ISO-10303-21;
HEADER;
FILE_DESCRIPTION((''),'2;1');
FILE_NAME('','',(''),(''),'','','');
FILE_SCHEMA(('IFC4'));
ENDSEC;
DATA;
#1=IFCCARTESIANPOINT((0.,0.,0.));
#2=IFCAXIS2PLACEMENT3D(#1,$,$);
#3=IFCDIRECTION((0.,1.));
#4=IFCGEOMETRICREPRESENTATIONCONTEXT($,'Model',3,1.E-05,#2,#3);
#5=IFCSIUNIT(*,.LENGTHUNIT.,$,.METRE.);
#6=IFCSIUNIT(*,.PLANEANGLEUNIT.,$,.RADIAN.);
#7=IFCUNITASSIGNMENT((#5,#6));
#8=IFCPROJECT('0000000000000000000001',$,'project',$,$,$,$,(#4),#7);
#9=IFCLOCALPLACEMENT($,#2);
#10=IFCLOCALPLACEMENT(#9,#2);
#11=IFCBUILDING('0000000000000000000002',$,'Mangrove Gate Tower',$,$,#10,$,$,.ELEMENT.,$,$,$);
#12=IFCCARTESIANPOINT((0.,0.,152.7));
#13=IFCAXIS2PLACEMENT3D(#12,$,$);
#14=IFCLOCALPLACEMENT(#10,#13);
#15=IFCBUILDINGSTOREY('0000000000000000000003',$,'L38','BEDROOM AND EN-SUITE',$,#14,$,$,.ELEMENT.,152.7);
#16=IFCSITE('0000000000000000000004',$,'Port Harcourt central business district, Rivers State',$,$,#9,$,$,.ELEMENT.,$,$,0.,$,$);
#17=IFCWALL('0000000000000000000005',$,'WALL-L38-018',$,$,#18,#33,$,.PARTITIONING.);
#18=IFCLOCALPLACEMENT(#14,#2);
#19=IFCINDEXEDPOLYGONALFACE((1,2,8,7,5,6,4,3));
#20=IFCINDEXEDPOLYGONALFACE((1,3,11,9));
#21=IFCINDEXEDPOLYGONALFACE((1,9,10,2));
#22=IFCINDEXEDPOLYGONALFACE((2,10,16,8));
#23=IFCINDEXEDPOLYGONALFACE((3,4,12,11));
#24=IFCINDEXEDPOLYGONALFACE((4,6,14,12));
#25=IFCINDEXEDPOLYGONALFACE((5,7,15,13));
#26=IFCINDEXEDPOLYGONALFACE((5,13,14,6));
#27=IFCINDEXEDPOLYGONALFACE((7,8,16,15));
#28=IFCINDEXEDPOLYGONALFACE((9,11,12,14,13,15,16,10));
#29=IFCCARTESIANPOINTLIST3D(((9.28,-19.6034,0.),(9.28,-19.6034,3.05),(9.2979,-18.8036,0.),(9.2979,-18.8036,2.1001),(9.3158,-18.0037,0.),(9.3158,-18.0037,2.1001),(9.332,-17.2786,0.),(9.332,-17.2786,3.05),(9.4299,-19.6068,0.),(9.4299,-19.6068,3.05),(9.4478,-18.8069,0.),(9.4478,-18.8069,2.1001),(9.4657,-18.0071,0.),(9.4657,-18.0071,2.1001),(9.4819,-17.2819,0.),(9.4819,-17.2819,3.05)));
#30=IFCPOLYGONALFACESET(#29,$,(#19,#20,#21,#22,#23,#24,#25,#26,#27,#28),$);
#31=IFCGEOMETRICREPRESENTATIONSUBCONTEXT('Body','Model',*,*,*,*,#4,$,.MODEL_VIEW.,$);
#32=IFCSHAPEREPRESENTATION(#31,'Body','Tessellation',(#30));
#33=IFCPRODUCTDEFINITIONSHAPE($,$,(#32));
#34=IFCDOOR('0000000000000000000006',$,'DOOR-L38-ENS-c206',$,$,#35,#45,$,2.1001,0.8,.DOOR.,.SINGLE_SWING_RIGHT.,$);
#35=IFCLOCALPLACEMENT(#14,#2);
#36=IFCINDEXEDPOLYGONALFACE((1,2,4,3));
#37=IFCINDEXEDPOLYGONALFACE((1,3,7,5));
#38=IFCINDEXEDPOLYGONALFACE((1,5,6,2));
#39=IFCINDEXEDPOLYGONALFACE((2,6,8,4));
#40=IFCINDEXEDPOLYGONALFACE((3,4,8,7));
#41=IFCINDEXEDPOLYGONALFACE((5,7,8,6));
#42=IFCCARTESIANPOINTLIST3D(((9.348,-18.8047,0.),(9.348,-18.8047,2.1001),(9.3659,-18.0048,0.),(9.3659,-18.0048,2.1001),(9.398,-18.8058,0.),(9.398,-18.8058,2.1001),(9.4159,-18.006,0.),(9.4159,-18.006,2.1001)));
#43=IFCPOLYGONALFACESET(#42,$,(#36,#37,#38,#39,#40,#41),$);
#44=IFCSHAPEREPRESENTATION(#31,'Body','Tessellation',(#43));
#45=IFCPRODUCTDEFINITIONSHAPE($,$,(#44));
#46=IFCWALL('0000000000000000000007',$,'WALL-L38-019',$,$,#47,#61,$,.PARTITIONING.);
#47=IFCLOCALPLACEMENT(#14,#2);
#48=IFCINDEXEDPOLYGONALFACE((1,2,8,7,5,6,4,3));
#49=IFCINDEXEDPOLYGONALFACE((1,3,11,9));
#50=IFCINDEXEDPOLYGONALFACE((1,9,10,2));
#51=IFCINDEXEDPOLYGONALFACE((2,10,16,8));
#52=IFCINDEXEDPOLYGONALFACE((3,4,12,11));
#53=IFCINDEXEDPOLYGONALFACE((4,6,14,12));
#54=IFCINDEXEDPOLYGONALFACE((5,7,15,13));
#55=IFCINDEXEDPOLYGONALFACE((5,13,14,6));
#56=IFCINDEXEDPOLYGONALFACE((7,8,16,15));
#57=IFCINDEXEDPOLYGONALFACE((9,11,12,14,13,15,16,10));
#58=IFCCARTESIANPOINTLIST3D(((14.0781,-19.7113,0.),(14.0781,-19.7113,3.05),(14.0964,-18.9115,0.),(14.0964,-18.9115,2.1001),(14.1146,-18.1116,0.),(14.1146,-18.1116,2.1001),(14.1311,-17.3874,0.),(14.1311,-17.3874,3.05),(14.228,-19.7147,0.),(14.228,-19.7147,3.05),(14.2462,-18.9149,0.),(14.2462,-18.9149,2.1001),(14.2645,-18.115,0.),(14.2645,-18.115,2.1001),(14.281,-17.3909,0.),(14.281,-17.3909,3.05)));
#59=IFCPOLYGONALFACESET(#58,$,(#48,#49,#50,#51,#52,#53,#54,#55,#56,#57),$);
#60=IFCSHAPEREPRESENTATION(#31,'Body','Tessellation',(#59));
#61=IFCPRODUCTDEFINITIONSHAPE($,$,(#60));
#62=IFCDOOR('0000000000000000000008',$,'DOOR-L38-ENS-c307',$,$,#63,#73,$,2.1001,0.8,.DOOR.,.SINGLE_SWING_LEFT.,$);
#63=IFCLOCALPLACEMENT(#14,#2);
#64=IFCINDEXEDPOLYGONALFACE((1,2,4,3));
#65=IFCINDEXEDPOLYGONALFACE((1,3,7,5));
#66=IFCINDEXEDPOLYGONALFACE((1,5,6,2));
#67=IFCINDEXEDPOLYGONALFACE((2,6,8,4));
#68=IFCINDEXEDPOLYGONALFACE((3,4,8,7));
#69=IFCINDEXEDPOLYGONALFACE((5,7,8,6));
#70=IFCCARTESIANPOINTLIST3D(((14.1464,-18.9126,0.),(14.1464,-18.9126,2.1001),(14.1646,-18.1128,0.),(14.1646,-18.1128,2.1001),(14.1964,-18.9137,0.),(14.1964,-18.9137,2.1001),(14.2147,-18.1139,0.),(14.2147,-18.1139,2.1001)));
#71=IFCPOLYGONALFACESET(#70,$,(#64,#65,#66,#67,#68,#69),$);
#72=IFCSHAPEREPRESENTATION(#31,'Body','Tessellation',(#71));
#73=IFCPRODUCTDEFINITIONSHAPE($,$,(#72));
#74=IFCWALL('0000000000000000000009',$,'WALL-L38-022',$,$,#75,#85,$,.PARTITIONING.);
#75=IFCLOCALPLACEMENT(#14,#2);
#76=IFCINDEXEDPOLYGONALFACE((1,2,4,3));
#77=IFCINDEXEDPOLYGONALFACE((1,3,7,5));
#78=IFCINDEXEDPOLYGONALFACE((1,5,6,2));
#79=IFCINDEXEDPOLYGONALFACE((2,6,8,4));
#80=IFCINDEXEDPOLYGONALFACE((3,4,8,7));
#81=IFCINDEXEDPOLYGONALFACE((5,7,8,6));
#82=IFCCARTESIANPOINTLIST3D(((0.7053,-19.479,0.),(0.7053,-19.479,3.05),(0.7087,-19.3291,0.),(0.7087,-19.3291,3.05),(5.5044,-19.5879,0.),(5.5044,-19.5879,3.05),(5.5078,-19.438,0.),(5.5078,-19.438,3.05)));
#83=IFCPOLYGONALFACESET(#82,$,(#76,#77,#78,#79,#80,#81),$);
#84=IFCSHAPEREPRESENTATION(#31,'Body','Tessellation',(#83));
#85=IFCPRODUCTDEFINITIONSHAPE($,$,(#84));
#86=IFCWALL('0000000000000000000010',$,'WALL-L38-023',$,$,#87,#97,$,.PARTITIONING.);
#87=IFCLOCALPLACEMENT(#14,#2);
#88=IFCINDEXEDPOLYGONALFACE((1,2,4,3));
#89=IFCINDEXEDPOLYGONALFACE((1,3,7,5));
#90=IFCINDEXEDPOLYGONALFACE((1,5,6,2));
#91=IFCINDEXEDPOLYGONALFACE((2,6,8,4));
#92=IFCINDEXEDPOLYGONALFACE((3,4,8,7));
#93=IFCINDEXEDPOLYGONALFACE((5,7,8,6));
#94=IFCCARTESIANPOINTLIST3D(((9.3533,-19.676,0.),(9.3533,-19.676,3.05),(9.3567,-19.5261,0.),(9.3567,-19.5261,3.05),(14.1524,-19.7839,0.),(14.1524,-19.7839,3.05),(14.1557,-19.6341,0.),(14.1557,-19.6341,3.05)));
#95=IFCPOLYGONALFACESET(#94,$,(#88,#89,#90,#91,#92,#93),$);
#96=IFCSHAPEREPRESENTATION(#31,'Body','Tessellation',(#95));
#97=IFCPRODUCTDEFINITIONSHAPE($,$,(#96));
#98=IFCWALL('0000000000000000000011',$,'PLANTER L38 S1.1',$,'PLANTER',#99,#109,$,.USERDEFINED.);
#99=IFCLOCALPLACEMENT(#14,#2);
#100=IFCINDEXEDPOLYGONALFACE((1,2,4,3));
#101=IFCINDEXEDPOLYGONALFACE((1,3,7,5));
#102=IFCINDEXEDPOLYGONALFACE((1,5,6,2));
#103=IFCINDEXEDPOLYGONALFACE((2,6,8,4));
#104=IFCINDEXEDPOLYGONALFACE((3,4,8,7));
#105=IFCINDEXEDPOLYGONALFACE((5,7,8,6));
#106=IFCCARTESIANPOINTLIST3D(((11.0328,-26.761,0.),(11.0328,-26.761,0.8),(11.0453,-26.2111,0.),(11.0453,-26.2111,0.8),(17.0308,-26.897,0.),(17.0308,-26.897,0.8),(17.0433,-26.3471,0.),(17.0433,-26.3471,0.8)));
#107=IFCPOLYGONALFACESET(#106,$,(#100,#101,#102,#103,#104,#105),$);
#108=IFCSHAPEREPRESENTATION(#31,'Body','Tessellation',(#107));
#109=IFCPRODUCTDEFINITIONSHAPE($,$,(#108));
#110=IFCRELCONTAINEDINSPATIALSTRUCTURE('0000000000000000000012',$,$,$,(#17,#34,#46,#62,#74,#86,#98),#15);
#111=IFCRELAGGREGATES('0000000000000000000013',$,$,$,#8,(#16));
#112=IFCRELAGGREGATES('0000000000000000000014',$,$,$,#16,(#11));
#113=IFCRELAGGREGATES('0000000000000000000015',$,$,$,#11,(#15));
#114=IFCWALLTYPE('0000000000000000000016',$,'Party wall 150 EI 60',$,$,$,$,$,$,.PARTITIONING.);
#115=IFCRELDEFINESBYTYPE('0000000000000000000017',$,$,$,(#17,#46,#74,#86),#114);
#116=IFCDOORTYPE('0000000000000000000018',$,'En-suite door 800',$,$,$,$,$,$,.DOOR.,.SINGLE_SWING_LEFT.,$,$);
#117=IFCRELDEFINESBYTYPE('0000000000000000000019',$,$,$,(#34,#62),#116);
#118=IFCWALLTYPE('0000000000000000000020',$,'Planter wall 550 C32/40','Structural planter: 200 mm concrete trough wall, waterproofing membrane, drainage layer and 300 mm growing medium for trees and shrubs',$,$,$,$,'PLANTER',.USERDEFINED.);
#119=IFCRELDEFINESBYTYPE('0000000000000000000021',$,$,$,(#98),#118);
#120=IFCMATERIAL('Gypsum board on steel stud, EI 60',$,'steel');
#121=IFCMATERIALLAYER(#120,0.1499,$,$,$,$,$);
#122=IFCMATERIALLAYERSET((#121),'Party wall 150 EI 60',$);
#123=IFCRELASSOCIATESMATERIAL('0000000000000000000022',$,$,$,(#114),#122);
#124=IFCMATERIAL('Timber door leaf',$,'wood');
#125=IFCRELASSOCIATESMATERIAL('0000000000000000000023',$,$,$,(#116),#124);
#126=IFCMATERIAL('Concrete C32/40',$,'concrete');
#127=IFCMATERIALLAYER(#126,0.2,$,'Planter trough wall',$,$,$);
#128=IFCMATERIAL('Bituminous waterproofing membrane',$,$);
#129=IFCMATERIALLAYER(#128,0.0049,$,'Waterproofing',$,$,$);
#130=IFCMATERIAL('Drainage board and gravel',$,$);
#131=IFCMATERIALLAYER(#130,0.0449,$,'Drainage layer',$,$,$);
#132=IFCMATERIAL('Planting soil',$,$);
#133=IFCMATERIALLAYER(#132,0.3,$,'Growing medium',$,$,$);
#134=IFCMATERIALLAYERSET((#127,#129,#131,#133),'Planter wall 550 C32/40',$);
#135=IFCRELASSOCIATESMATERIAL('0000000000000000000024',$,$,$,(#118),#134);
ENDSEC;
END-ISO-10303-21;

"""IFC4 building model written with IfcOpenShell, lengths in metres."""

from ifc_helpers import new_model, si_unit, direction, frame, frame_2d, origin, place, context, subcontext, project, spatial, rectangle, extrude, material, layer, layer_set, type_object, element, fill, save


model = new_model("IFC4")

# Units and contexts
model_context = context("Model", 3, precision=1e-05, world=origin(), true_north=direction((0.0, 1.0)))
body_context = subcontext(model_context, "Body", "Model", "MODEL_VIEW")
ifc_project = project(units=[si_unit("LENGTHUNIT", "METRE"), si_unit("PLANEANGLEUNIT", "RADIAN")], contexts=[model_context])

# Site, building, storey
site_placement = place(None, origin())
site = spatial("IfcSite", under=ifc_project, at=site_placement, Name="Port Harcourt central business district, Rivers State", CompositionType="ELEMENT", RefElevation=0.0)
building_placement = place(site_placement, origin())
building = spatial("IfcBuilding", under=site, at=building_placement, Name="Mangrove Gate Tower", CompositionType="ELEMENT")
storey_placement = place(building_placement, frame((0.0, 0.0, 152.7)))
storey = spatial("IfcBuildingStorey", under=building, at=storey_placement, Name="L38", Description="BEDROOM AND EN-SUITE", CompositionType="ELEMENT", Elevation=152.7)

# Shared definitions
ifc_material_1 = material(Name="Gypsum board on steel stud, EI 60", Category="steel")
ifc_layer_1 = layer(ifc_material_1, 0.1499)
ifc_layer_set_1 = layer_set([ifc_layer_1], Name="Party wall 150 EI 60")
wall_type_1 = type_object("IfcWallType", Name="Party wall 150 EI 60", PredefinedType="PARTITIONING", material=ifc_layer_set_1)

# Walls, openings, doors
ifc_material_2 = material(Name="Timber door leaf", Category="wood")
door_type = type_object("IfcDoorType", Name="En-suite door 800", OperationType="SINGLE_SWING_LEFT", PredefinedType="DOOR", material=ifc_material_2)
wall_1_placement = place(storey_placement, frame((9.355, -19.605, 0.0), z_axis=(0.0, 0.0, 1.0), x_axis=(0.022361, 0.99975, 0.0)))
wall_1 = element("IfcWall", 1, at=wall_1_placement, inside=storey, type_object=wall_type_1, Name="WALL-L38-018", PredefinedType="PARTITIONING", context=body_context, shape_type="SweptSolid", body=[
    extrude(rectangle(XDim=2.3254, YDim=0.1499, at=frame_2d((1.1626, 0.0))), origin(), (0.0, 0.0, 1.0), 3.05),
])
opening_1_placement = place(wall_1_placement, frame((0.8, 0.0, 0.0)))
opening_1 = element("IfcOpeningElement", 2, at=opening_1_placement, cuts=wall_1, PredefinedType="OPENING", context=body_context, shape_type="SweptSolid", body=[
    extrude(rectangle(XDim=0.8, YDim=2.1001, at=frame_2d((0.3999, 1.05))), frame((0.0, 0.085, 0.0), z_axis=(0.0, -1.0, 0.0), x_axis=(1.0, 0.0, 0.0)), (0.0, 0.0, 1.0), 0.1699),
])
door_1_placement = place(opening_1_placement, origin())
door_1 = element("IfcDoor", 3, at=door_1_placement, inside=storey, type_object=door_type, Name="DOOR-L38-ENS-c206", OperationType="SINGLE_SWING_RIGHT", OverallHeight=2.1001, OverallWidth=0.8, PredefinedType="DOOR", context=body_context, shape_type="SweptSolid", body=[
    extrude(rectangle(XDim=0.8, YDim=2.1001, at=frame_2d((0.3999, 1.05))), frame((0.0, 0.0249, 0.0), z_axis=(0.0, -1.0, 0.0), x_axis=(1.0, 0.0, 0.0)), (0.0, 0.0, 1.0), 0.05),
])
fill(opening_1, door_1)
wall_2_placement = place(storey_placement, frame((14.1531, -19.7129, 0.0), z_axis=(0.0, 0.0, 1.0), x_axis=(0.022791, 0.99974, 0.0)))
wall_2 = element("IfcWall", 4, at=wall_2_placement, inside=storey, type_object=wall_type_1, Name="WALL-L38-019", PredefinedType="PARTITIONING", context=body_context, shape_type="SweptSolid", body=[
    extrude(rectangle(XDim=2.3245, YDim=0.1499, at=frame_2d((1.1621, 0.0))), origin(), (0.0, 0.0, 1.0), 3.05),
])
opening_2_placement = place(wall_2_placement, frame((0.8, 0.0, 0.0)))
opening_2 = element("IfcOpeningElement", 5, at=opening_2_placement, cuts=wall_2, PredefinedType="OPENING", context=body_context, shape_type="SweptSolid", body=[
    extrude(rectangle(XDim=0.8, YDim=2.1001, at=frame_2d((0.3999, 1.05))), frame((0.0, 0.085, 0.0), z_axis=(0.0, -1.0, 0.0), x_axis=(1.0, 0.0, 0.0)), (0.0, 0.0, 1.0), 0.1699),
])
door_2_placement = place(opening_2_placement, origin())
door_2 = element("IfcDoor", 6, at=door_2_placement, inside=storey, type_object=door_type, Name="DOOR-L38-ENS-c307", OperationType="SINGLE_SWING_LEFT", OverallHeight=2.1001, OverallWidth=0.8, PredefinedType="DOOR", context=body_context, shape_type="SweptSolid", body=[
    extrude(rectangle(XDim=0.8, YDim=2.1001, at=frame_2d((0.3999, 1.05))), frame((0.0, 0.0249, 0.0), z_axis=(0.0, -1.0, 0.0), x_axis=(1.0, 0.0, 0.0)), (0.0, 0.0, 1.0), 0.05),
])
fill(opening_2, door_2)

# Walls
for number, where, z_axis, x_axis, name in (
    (7, (0.707, -19.4041, 0.0), (0.0, 0.0, 1.0), (0.999743, -0.022683, 0.0), "WALL-L38-022"),
    (8, (9.355, -19.6011, 0.0), (0.0, 0.0, 1.0), (0.999747, -0.02248, 0.0), "WALL-L38-023"),
):
    element("IfcWall", number, at=place(storey_placement, frame(where, z_axis=z_axis, x_axis=x_axis)), inside=storey, type_object=wall_type_1, Name=name, PredefinedType="PARTITIONING", context=body_context, shape_type="SweptSolid", body=[
        extrude(rectangle(XDim=4.8003, YDim=0.1499, at=frame_2d((2.4001, 0.0))), origin(), (0.0, 0.0, 1.0), 3.05),
    ])
ifc_material_3 = material(Name="Concrete C32/40", Category="concrete")
ifc_layer_2 = layer(ifc_material_3, 0.2, Name="Planter trough wall")
ifc_material_4 = material(Name="Bituminous waterproofing membrane")
ifc_layer_3 = layer(ifc_material_4, 0.0049, Name="Waterproofing")
ifc_material_5 = material(Name="Drainage board and gravel")
ifc_layer_4 = layer(ifc_material_5, 0.0449, Name="Drainage layer")
ifc_material_6 = material(Name="Planting soil")
ifc_layer_5 = layer(ifc_material_6, 0.3, Name="Growing medium")
ifc_layer_set_2 = layer_set([ifc_layer_2, ifc_layer_3, ifc_layer_4, ifc_layer_5], Name="Planter wall 550 C32/40")
wall_type_2 = type_object("IfcWallType", Name="Planter wall 550 C32/40", Description="Structural planter: 200 mm concrete trough wall, waterproofing membrane, drainage layer and 300 mm growing medium for trees and shrubs", ElementType="PLANTER", PredefinedType="USERDEFINED", material=ifc_layer_set_2)
wall_3_placement = place(storey_placement, frame((11.0391, -26.4861, 0.0), z_axis=(0.0, 0.0, 1.0), x_axis=(0.999743, -0.022666, 0.0)))
element("IfcWall", 9, at=wall_3_placement, inside=storey, type_object=wall_type_2, Name="PLANTER L38 S1.1", ObjectType="PLANTER", PredefinedType="USERDEFINED", context=body_context, shape_type="SweptSolid", body=[
    extrude(rectangle(XDim=5.9995, YDim=0.55, at=frame_2d((2.9998, 0.0))), origin(), (0.0, 0.0, 1.0), 0.8),
])

save(model, "model.ifc")
